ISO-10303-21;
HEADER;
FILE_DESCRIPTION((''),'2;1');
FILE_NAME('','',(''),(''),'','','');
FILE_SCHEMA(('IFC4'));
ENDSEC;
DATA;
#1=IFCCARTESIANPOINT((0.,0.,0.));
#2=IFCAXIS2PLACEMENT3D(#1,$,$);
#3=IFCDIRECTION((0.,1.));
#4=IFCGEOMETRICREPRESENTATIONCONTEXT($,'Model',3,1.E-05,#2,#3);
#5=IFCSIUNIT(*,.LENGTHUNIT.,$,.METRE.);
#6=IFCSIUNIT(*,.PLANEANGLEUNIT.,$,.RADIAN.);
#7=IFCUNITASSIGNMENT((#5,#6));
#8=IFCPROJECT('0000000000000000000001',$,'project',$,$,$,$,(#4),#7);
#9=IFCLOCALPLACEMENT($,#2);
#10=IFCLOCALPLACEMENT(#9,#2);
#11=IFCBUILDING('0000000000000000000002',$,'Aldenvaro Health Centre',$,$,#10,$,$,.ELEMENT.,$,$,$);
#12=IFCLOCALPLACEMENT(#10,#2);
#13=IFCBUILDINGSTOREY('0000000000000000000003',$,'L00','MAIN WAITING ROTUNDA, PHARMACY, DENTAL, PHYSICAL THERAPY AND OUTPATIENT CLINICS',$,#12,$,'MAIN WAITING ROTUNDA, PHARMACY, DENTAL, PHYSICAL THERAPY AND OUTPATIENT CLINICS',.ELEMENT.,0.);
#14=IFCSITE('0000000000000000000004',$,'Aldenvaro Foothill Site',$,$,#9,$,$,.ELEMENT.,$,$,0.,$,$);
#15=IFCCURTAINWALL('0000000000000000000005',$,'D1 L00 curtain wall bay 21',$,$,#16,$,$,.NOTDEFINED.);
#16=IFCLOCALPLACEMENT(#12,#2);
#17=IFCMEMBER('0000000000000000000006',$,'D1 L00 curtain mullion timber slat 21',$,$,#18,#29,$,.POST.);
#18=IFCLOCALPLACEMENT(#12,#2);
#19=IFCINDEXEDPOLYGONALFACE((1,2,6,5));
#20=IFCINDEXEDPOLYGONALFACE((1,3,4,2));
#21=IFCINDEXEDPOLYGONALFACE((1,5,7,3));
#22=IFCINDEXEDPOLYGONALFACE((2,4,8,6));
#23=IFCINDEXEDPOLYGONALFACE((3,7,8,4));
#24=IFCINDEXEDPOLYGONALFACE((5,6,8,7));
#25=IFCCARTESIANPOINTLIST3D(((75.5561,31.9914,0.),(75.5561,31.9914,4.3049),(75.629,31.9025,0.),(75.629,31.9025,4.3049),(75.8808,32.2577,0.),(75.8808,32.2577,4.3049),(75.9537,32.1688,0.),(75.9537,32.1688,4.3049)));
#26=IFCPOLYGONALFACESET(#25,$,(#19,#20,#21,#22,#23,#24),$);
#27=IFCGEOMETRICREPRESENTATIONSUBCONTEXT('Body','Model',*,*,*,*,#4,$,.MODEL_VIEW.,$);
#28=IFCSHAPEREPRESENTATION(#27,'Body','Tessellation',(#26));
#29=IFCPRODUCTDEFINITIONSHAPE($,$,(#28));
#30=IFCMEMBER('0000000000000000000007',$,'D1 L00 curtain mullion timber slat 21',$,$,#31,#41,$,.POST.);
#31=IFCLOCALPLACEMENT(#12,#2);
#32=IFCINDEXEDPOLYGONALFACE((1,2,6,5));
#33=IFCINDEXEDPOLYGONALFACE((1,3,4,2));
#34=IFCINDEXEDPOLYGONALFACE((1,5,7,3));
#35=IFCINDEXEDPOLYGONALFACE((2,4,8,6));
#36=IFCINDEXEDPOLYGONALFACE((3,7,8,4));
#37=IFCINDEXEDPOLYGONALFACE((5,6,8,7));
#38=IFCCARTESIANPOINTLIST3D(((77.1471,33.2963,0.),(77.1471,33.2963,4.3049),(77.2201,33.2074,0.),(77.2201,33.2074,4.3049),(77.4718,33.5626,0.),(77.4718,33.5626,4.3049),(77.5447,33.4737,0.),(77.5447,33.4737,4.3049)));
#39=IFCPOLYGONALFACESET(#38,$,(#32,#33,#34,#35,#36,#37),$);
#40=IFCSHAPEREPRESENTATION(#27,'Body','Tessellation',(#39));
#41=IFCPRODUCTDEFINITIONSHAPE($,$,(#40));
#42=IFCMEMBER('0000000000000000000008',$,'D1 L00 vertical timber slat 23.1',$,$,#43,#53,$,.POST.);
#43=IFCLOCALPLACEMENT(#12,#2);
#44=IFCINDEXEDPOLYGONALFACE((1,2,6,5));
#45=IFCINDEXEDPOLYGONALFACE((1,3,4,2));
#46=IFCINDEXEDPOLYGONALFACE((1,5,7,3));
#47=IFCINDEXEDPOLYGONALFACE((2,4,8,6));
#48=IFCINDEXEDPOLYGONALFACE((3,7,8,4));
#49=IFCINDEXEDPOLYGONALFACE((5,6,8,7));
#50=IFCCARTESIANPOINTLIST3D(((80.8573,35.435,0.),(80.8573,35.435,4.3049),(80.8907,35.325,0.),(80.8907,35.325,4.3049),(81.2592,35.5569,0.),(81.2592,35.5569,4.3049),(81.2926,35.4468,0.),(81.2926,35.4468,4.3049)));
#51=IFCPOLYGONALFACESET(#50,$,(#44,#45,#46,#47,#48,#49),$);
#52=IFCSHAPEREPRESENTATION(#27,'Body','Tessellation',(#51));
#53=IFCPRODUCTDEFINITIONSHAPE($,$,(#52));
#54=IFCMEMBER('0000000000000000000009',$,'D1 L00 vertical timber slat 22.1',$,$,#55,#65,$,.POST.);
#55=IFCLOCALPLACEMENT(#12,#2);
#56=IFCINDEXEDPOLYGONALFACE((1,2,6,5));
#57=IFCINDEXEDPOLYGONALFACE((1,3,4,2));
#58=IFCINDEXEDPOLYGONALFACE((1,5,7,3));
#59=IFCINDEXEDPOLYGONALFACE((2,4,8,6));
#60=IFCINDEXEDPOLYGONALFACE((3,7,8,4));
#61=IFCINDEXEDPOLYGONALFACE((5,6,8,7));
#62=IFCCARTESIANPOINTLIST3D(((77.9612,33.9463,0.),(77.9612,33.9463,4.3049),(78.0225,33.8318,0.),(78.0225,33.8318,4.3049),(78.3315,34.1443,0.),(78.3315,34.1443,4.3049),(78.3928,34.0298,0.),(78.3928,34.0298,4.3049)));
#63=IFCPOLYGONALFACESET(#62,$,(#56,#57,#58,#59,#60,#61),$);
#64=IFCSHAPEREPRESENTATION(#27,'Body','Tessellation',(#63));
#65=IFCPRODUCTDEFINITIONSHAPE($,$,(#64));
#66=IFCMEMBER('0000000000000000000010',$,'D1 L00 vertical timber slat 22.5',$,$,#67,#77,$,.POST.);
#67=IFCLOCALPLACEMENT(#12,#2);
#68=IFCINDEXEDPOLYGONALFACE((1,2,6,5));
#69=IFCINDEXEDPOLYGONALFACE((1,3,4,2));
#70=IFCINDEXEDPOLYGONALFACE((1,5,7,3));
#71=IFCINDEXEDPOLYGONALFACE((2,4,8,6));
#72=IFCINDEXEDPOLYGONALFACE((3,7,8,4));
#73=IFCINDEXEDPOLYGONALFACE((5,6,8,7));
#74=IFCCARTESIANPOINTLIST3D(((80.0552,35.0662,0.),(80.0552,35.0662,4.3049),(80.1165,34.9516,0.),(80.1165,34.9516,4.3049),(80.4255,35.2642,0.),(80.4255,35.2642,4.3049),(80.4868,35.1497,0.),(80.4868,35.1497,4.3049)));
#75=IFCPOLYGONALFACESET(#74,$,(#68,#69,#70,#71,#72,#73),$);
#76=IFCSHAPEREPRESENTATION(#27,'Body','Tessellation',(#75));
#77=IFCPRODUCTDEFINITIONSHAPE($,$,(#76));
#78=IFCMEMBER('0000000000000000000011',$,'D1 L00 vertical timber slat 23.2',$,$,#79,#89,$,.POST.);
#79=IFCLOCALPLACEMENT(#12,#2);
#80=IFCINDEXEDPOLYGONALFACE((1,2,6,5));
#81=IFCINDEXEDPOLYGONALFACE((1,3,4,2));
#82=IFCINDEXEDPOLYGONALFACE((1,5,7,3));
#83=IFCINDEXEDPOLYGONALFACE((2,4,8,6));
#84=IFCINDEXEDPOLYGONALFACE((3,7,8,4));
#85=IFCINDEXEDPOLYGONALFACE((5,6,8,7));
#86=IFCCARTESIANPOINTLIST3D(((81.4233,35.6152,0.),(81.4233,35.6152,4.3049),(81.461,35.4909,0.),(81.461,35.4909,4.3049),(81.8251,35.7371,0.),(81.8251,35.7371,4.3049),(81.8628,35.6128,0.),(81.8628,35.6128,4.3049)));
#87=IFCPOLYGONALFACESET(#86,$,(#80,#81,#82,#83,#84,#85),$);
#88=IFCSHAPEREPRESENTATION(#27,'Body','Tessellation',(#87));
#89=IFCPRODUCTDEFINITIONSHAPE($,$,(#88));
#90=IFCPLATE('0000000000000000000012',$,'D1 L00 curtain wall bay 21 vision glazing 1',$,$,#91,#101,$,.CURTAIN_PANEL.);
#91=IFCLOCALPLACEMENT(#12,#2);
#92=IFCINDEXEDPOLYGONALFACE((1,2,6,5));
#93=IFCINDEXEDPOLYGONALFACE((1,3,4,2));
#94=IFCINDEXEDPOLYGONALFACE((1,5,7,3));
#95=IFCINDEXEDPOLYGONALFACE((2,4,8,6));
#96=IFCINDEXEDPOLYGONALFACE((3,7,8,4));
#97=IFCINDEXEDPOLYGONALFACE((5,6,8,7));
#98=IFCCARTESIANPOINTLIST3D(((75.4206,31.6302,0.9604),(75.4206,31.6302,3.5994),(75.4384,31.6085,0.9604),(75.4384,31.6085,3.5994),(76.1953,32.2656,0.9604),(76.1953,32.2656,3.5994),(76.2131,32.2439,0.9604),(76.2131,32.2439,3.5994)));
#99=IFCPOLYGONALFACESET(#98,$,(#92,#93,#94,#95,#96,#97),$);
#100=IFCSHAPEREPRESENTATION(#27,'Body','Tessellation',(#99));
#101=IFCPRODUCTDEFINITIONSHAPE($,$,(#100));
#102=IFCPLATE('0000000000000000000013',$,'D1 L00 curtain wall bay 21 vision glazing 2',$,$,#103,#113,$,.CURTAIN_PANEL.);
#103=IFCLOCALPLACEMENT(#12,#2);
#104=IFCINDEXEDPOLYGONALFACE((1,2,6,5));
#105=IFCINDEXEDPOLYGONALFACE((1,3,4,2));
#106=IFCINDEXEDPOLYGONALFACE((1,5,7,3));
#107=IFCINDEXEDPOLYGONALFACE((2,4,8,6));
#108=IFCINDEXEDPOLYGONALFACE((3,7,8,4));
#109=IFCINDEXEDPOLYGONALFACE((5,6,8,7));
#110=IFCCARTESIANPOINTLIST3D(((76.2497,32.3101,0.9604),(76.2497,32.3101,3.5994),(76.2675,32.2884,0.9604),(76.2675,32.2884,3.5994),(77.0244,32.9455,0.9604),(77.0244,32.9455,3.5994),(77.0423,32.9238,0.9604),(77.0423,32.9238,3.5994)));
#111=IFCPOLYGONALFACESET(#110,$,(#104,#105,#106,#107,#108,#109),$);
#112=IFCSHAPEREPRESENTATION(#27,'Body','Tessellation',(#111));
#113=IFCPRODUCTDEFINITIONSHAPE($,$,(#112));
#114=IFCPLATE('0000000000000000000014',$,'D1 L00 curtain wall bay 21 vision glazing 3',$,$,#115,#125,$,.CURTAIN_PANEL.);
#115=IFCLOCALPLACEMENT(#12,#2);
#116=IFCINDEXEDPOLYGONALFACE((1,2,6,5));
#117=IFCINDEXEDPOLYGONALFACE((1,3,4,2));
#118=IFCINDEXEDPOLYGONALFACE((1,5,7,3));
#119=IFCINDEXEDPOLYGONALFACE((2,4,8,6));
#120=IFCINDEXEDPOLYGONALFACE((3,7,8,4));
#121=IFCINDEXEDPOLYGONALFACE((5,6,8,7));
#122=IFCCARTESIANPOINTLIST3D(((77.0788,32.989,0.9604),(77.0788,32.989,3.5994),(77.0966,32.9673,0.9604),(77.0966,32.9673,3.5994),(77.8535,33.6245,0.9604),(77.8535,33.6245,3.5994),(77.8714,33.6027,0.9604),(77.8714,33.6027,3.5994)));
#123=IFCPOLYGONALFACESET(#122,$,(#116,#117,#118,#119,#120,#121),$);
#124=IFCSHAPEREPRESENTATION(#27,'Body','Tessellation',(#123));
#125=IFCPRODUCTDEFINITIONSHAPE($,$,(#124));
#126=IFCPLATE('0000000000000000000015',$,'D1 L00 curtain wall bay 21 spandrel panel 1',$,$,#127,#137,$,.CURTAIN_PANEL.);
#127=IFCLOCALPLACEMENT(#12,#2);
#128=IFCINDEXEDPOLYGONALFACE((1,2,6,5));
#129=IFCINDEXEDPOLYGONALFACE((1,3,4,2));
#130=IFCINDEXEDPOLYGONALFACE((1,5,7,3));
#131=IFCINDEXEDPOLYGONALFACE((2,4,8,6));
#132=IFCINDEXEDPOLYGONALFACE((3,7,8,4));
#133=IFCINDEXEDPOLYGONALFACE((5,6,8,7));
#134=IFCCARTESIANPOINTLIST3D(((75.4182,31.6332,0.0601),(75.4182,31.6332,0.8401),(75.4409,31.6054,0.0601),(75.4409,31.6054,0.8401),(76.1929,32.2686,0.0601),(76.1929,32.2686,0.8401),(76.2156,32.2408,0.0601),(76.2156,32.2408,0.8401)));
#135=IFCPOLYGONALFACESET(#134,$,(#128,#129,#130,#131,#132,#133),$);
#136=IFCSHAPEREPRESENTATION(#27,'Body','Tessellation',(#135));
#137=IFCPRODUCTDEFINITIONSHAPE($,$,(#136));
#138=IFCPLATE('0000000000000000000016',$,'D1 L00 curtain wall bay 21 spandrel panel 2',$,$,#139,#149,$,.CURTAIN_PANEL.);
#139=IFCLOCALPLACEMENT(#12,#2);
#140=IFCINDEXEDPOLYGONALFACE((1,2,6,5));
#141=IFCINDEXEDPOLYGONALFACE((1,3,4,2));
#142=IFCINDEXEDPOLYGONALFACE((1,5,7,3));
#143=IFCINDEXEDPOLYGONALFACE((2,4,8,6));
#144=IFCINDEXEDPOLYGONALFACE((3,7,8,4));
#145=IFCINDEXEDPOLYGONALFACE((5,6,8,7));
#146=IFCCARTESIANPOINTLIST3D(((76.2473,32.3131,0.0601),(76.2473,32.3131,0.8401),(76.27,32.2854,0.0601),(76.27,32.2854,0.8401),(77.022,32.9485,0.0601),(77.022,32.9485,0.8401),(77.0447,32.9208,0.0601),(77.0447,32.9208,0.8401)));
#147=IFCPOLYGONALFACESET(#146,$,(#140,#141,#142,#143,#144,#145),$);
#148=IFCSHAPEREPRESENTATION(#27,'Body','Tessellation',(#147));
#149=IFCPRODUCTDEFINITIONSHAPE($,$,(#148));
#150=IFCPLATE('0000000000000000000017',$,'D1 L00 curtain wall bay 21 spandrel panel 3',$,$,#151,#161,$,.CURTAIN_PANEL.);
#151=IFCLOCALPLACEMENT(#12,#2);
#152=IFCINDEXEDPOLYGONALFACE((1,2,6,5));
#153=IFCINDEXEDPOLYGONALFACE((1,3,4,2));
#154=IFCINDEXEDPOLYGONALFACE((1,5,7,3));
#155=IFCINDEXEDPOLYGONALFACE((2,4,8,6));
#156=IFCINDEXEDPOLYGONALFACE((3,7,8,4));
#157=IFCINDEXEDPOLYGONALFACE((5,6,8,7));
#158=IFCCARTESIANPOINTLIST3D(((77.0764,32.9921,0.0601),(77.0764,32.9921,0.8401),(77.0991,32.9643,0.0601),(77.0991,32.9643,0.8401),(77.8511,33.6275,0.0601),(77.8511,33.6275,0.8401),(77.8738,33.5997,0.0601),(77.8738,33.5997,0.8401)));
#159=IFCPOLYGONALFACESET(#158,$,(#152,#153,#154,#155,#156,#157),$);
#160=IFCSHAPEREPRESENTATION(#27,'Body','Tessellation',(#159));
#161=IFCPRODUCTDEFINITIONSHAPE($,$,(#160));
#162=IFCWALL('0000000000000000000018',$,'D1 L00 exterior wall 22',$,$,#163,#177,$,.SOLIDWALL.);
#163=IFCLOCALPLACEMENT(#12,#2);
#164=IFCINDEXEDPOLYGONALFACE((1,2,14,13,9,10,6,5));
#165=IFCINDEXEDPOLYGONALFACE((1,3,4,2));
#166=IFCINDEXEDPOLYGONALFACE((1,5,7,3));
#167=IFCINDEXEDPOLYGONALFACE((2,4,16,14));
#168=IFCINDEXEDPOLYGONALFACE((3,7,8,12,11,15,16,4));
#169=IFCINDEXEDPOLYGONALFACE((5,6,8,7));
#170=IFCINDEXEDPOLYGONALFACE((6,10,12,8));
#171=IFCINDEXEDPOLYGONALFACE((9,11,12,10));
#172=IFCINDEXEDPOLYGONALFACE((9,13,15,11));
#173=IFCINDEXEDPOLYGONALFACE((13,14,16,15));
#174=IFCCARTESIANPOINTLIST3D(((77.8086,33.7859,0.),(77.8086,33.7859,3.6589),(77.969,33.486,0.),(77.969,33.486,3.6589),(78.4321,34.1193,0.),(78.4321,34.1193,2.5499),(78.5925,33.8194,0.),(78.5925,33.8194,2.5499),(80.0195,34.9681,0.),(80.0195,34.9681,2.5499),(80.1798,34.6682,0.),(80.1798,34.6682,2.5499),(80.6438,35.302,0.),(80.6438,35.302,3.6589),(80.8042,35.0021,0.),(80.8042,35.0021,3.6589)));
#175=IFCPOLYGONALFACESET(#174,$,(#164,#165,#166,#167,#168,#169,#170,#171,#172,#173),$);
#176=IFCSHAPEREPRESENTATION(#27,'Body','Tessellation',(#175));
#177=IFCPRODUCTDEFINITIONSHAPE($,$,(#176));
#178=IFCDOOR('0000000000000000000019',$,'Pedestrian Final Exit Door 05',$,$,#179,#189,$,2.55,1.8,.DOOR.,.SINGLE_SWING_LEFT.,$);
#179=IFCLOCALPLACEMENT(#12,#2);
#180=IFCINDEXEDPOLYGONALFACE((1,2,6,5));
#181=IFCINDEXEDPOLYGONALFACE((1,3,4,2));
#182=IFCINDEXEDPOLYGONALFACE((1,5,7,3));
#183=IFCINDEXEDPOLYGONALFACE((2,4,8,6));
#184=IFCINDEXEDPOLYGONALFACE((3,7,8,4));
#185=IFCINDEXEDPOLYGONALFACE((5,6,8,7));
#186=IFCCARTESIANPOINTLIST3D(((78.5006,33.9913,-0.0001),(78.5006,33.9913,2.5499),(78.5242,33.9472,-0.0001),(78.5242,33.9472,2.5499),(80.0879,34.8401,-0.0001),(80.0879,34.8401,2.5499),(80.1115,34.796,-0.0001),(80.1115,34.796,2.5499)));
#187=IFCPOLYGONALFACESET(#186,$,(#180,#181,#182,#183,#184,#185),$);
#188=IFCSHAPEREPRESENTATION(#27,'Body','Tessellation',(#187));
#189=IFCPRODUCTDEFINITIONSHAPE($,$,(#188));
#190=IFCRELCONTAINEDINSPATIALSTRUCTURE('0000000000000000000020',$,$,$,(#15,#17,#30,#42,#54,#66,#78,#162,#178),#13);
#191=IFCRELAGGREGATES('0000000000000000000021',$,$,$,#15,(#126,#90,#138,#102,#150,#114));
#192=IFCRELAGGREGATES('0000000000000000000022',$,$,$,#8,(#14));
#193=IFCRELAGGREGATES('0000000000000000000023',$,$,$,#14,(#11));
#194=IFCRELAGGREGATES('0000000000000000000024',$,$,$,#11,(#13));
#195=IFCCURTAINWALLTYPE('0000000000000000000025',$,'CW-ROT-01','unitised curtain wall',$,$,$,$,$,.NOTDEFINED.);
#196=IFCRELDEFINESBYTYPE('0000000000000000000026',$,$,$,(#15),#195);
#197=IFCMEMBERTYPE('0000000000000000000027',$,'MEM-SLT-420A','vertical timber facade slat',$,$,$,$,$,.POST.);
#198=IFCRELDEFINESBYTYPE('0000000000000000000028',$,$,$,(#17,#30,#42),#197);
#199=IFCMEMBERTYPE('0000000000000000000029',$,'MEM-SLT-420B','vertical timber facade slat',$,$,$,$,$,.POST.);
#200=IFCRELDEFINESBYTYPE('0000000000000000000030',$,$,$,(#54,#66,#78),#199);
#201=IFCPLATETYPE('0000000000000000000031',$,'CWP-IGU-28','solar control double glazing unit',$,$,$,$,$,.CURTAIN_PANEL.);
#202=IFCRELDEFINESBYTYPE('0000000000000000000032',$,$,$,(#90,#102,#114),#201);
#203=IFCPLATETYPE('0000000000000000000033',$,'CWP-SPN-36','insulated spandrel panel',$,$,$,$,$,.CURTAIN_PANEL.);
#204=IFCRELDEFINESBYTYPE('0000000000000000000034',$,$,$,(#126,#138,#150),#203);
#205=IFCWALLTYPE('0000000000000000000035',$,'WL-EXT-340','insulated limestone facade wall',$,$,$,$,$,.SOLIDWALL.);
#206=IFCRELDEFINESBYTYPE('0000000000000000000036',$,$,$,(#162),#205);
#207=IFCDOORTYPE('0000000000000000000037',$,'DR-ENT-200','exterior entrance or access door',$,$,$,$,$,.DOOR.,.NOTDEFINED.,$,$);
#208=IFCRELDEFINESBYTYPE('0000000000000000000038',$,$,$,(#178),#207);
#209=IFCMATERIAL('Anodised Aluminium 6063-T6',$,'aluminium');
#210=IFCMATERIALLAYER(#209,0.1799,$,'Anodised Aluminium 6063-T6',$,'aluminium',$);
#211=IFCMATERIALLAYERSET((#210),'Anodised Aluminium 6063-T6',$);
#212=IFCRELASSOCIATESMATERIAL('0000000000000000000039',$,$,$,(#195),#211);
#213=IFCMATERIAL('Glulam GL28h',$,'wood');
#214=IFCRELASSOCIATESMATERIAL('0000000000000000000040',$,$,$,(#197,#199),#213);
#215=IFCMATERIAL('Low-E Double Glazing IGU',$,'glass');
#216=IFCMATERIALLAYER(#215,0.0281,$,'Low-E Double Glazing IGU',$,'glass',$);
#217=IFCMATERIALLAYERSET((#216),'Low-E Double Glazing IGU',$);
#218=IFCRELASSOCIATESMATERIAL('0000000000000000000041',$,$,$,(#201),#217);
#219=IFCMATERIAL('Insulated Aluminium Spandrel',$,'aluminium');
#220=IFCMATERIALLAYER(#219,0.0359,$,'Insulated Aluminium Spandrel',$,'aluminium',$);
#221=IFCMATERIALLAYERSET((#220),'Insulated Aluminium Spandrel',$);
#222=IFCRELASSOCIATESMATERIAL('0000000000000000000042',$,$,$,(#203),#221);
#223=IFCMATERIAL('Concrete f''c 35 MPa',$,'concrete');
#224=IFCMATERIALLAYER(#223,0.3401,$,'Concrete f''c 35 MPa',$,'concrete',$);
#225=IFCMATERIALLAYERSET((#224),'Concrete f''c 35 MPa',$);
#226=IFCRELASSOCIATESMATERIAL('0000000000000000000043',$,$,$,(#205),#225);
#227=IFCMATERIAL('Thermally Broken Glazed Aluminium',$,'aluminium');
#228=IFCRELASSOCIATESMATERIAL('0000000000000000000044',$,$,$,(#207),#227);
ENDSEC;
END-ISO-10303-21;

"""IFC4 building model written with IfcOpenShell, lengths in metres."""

from ifc_helpers import new_model, si_unit, direction, frame, frame_2d, origin, origin_2d, place, context, subcontext, project, spatial, rectangle, extrude, material, layer, layer_set, material_profile, profile_set, type_object, element, fill, aggregate, save


model = new_model("IFC4")

# Units and contexts
model_context = context("Model", 3, precision=1e-05, world=origin(), true_north=direction((0.0, 1.0)))
body_context = subcontext(model_context, "Body", "Model", "MODEL_VIEW")
ifc_project = project(units=[si_unit("LENGTHUNIT", "METRE"), si_unit("PLANEANGLEUNIT", "RADIAN")], contexts=[model_context])

# Site, building, storey
site_placement = place(None, origin())
site = spatial("IfcSite", under=ifc_project, at=site_placement, Name="Aldenvaro Foothill Site", CompositionType="ELEMENT", RefElevation=0.0)
building_placement = place(site_placement, origin())
building = spatial("IfcBuilding", under=site, at=building_placement, Name="Aldenvaro Health Centre", CompositionType="ELEMENT")
storey_placement = place(building_placement, origin())
storey = spatial("IfcBuildingStorey", under=building, at=storey_placement, Name="L00", Description="MAIN WAITING ROTUNDA, PHARMACY, DENTAL, PHYSICAL THERAPY AND OUTPATIENT CLINICS", LongName="MAIN WAITING ROTUNDA, PHARMACY, DENTAL, PHYSICAL THERAPY AND OUTPATIENT CLINICS", CompositionType="ELEMENT", Elevation=0.0)

# Shared definitions
ifc_material_1 = material(Name="Glulam GL28h", Category="wood")

# Curtain wall
ifc_material_2 = material(Name="Anodised Aluminium 6063-T6", Category="aluminium")
ifc_layer_1 = layer(ifc_material_2, 0.1799, Name="Anodised Aluminium 6063-T6", Category="aluminium")
ifc_layer_set_1 = layer_set([ifc_layer_1], Name="Anodised Aluminium 6063-T6")
curtain_wall_type = type_object("IfcCurtainWallType", Name="CW-ROT-01", Description="unitised curtain wall", PredefinedType="NOTDEFINED", material=ifc_layer_set_1)
curtain_wall_placement = place(storey_placement, origin())
curtain_wall = element("IfcCurtainWall", 1, at=curtain_wall_placement, inside=storey, type_object=curtain_wall_type, Name="D1 L00 curtain wall bay 21", PredefinedType="NOTDEFINED")

# Members
ifc_material_profile_1 = material_profile(ifc_material_1, rectangle(XDim=0.115, YDim=0.4199, at=origin_2d()), Name="GL 115x420", Category="wood")
ifc_profile_set_1 = profile_set([ifc_material_profile_1], Name="Glulam GL28h")
member_type_1 = type_object("IfcMemberType", Name="MEM-SLT-420A", Description="vertical timber facade slat", PredefinedType="POST", material=ifc_profile_set_1)
for number, where, z_axis, x_axis, name in (
    (2, (75.7549, 32.0801, 0.0), (0.0, 0.0, 1.0), (-0.634169, 0.773195, 0.0), "D1 L00 curtain mullion timber slat 21"),
    (3, (77.3459, 33.385, 0.0), (0.0, 0.0, 1.0), (-0.634169, 0.773195, 0.0), "D1 L00 curtain mullion timber slat 21"),
    (4, (81.075, 35.4409, 0.0), (0.0, 0.0, 1.0), (-0.290171, 0.956975, 0.0), "D1 L00 vertical timber slat 23.1"),
):
    element("IfcMember", number, at=place(storey_placement, frame(where, z_axis=z_axis, x_axis=x_axis)), inside=storey, type_object=member_type_1, Name=name, PredefinedType="POST", context=body_context, shape_type="SweptSolid", body=[
        extrude(rectangle(XDim=0.115, YDim=0.4199, at=origin_2d()), origin(), (0.0, 0.0, 1.0), 4.3049),
    ])
ifc_material_profile_2 = material_profile(ifc_material_1, rectangle(XDim=0.1299, YDim=0.4199, at=origin_2d()), Name="GL 130x420", Category="wood")
ifc_profile_set_2 = profile_set([ifc_material_profile_2], Name="Glulam GL28h")
member_type_2 = type_object("IfcMemberType", Name="MEM-SLT-420B", Description="vertical timber facade slat", PredefinedType="POST", material=ifc_profile_set_2)
for number, where, z_axis, x_axis, name in (
    (5, (78.177, 33.988, 0.0), (0.0, 0.0, 1.0), (-0.471557, 0.881836, 0.0), "D1 L00 vertical timber slat 22.1"),
    (6, (80.271, 35.1079, 0.0), (0.0, 0.0, 1.0), (-0.471557, 0.881836, 0.0), "D1 L00 vertical timber slat 22.5"),
    (7, (81.6431, 35.614, 0.0), (0.0, 0.0, 1.0), (-0.290171, 0.956975, 0.0), "D1 L00 vertical timber slat 23.2"),
):
    element("IfcMember", number, at=place(storey_placement, frame(where, z_axis=z_axis, x_axis=x_axis)), inside=storey, type_object=member_type_2, Name=name, PredefinedType="POST", context=body_context, shape_type="SweptSolid", body=[
        extrude(rectangle(XDim=0.1299, YDim=0.4199, at=origin_2d()), origin(), (0.0, 0.0, 1.0), 4.3049),
    ])

# Plates
ifc_material_3 = material(Name="Low-E Double Glazing IGU", Category="glass")
ifc_layer_2 = layer(ifc_material_3, 0.0281, Name="Low-E Double Glazing IGU", Category="glass")
ifc_layer_set_2 = layer_set([ifc_layer_2], Name="Low-E Double Glazing IGU")
plate_type_1 = type_object("IfcPlateType", Name="CWP-IGU-28", Description="solar control double glazing unit", PredefinedType="CURTAIN_PANEL", material=ifc_layer_set_2)
plate_1_placement = place(storey_placement, frame((75.8169, 31.937, 0.9604), z_axis=(0.0, 0.0, 1.0), x_axis=(0.773195, 0.634169, 0.0)))
plate_1 = element("IfcPlate", 8, at=plate_1_placement, type_object=plate_type_1, Name="D1 L00 curtain wall bay 21 vision glazing 1", PredefinedType="CURTAIN_PANEL", context=body_context, shape_type="SweptSolid", body=[
    extrude(rectangle(XDim=1.002, YDim=0.0281, at=origin_2d()), origin(), (0.0, 0.0, 1.0), 2.6389),
])
plate_2_placement = place(storey_placement, frame((76.646, 32.6169, 0.9604), z_axis=(0.0, 0.0, 1.0), x_axis=(0.773195, 0.634169, 0.0)))
plate_2 = element("IfcPlate", 9, at=plate_2_placement, type_object=plate_type_1, Name="D1 L00 curtain wall bay 21 vision glazing 2", PredefinedType="CURTAIN_PANEL", context=body_context, shape_type="SweptSolid", body=[
    extrude(rectangle(XDim=1.002, YDim=0.0281, at=origin_2d()), origin(), (0.0, 0.0, 1.0), 2.6389),
])
plate_3_placement = place(storey_placement, frame((77.4751, 33.2959, 0.9604), z_axis=(0.0, 0.0, 1.0), x_axis=(0.773195, 0.634169, 0.0)))
plate_3 = element("IfcPlate", 10, at=plate_3_placement, type_object=plate_type_1, Name="D1 L00 curtain wall bay 21 vision glazing 3", PredefinedType="CURTAIN_PANEL", context=body_context, shape_type="SweptSolid", body=[
    extrude(rectangle(XDim=1.002, YDim=0.0281, at=origin_2d()), origin(), (0.0, 0.0, 1.0), 2.6389),
])
ifc_material_4 = material(Name="Insulated Aluminium Spandrel", Category="aluminium")
ifc_layer_3 = layer(ifc_material_4, 0.0359, Name="Insulated Aluminium Spandrel", Category="aluminium")
ifc_layer_set_3 = layer_set([ifc_layer_3], Name="Insulated Aluminium Spandrel")
plate_type_2 = type_object("IfcPlateType", Name="CWP-SPN-36", Description="insulated spandrel panel", PredefinedType="CURTAIN_PANEL", material=ifc_layer_set_3)
plate_4_placement = place(storey_placement, frame((75.8169, 31.937, 0.0601), z_axis=(0.0, 0.0, 1.0), x_axis=(0.773195, 0.634169, 0.0)))
plate_4 = element("IfcPlate", 11, at=plate_4_placement, type_object=plate_type_2, Name="D1 L00 curtain wall bay 21 spandrel panel 1", PredefinedType="CURTAIN_PANEL", context=body_context, shape_type="SweptSolid", body=[
    extrude(rectangle(XDim=1.002, YDim=0.0359, at=origin_2d()), origin(), (0.0, 0.0, 1.0), 0.78),
])
plate_5_placement = place(storey_placement, frame((76.646, 32.6169, 0.0601), z_axis=(0.0, 0.0, 1.0), x_axis=(0.773195, 0.634169, 0.0)))
plate_5 = element("IfcPlate", 12, at=plate_5_placement, type_object=plate_type_2, Name="D1 L00 curtain wall bay 21 spandrel panel 2", PredefinedType="CURTAIN_PANEL", context=body_context, shape_type="SweptSolid", body=[
    extrude(rectangle(XDim=1.002, YDim=0.0359, at=origin_2d()), origin(), (0.0, 0.0, 1.0), 0.78),
])
plate_6_placement = place(storey_placement, frame((77.4751, 33.2959, 0.0601), z_axis=(0.0, 0.0, 1.0), x_axis=(0.773195, 0.634169, 0.0)))
plate_6 = element("IfcPlate", 13, at=plate_6_placement, type_object=plate_type_2, Name="D1 L00 curtain wall bay 21 spandrel panel 3", PredefinedType="CURTAIN_PANEL", context=body_context, shape_type="SweptSolid", body=[
    extrude(rectangle(XDim=1.002, YDim=0.0359, at=origin_2d()), origin(), (0.0, 0.0, 1.0), 0.78),
])
aggregate(curtain_wall, [plate_4, plate_1, plate_5, plate_2, plate_6, plate_3])

# Wall, opening, door
ifc_material_5 = material(Name="Concrete f'c 35 MPa", Category="concrete")
ifc_layer_4 = layer(ifc_material_5, 0.3401, Name="Concrete f'c 35 MPa", Category="concrete")
ifc_layer_set_4 = layer_set([ifc_layer_4], Name="Concrete f'c 35 MPa")
wall_type = type_object("IfcWallType", Name="WL-EXT-340", Description="insulated limestone facade wall", PredefinedType="SOLIDWALL", material=ifc_layer_set_4)
wall_1_placement = place(storey_placement, frame((77.8889, 33.636, 0.0), z_axis=(0.0, 0.0, 1.0), x_axis=(0.881835, 0.471558, 0.0)))
wall_1 = element("IfcWall", 14, at=wall_1_placement, inside=storey, type_object=wall_type, Name="D1 L00 exterior wall 22", PredefinedType="SOLIDWALL", context=body_context, shape_type="SweptSolid", body=[
    extrude(rectangle(XDim=3.2151, YDim=0.3401, at=frame_2d((1.6074, 0.0))), origin(), (0.0, 0.0, 1.0), 3.6589),
])
opening_placement = place(wall_1_placement, frame((0.707, 0.0, 0.0)))
opening = element("IfcOpeningElement", 15, at=opening_placement, cuts=wall_1, PredefinedType="OPENING", context=body_context, shape_type="SweptSolid", body=[
    extrude(rectangle(XDim=1.8, YDim=2.55, at=frame_2d((0.8999, 1.2749))), frame((0.0, 0.1802, 0.0), z_axis=(0.0, -1.0, 0.0), x_axis=(1.0, 0.0, 0.0)), (0.0, 0.0, 1.0), 0.3601),
])
ifc_material_6 = material(Name="Thermally Broken Glazed Aluminium", Category="aluminium")
door_type = type_object("IfcDoorType", Name="DR-ENT-200", Description="exterior entrance or access door", OperationType="NOTDEFINED", PredefinedType="DOOR", material=ifc_material_6)
door_placement = place(opening_placement, origin())
door = element("IfcDoor", 16, at=door_placement, inside=storey, type_object=door_type, Name="Pedestrian Final Exit Door 05", OperationType="SINGLE_SWING_LEFT", OverallHeight=2.55, OverallWidth=1.8, PredefinedType="DOOR", context=body_context, shape_type="SweptSolid", body=[
    extrude(rectangle(XDim=1.8, YDim=2.55, at=frame_2d((0.8999, 1.2749))), frame((0.0, 0.0249, 0.0), z_axis=(0.0, -1.0, 0.0), x_axis=(1.0, 0.0, 0.0)), (0.0, 0.0, 1.0), 0.05),
])
fill(opening, door)

save(model, "model.ifc")
